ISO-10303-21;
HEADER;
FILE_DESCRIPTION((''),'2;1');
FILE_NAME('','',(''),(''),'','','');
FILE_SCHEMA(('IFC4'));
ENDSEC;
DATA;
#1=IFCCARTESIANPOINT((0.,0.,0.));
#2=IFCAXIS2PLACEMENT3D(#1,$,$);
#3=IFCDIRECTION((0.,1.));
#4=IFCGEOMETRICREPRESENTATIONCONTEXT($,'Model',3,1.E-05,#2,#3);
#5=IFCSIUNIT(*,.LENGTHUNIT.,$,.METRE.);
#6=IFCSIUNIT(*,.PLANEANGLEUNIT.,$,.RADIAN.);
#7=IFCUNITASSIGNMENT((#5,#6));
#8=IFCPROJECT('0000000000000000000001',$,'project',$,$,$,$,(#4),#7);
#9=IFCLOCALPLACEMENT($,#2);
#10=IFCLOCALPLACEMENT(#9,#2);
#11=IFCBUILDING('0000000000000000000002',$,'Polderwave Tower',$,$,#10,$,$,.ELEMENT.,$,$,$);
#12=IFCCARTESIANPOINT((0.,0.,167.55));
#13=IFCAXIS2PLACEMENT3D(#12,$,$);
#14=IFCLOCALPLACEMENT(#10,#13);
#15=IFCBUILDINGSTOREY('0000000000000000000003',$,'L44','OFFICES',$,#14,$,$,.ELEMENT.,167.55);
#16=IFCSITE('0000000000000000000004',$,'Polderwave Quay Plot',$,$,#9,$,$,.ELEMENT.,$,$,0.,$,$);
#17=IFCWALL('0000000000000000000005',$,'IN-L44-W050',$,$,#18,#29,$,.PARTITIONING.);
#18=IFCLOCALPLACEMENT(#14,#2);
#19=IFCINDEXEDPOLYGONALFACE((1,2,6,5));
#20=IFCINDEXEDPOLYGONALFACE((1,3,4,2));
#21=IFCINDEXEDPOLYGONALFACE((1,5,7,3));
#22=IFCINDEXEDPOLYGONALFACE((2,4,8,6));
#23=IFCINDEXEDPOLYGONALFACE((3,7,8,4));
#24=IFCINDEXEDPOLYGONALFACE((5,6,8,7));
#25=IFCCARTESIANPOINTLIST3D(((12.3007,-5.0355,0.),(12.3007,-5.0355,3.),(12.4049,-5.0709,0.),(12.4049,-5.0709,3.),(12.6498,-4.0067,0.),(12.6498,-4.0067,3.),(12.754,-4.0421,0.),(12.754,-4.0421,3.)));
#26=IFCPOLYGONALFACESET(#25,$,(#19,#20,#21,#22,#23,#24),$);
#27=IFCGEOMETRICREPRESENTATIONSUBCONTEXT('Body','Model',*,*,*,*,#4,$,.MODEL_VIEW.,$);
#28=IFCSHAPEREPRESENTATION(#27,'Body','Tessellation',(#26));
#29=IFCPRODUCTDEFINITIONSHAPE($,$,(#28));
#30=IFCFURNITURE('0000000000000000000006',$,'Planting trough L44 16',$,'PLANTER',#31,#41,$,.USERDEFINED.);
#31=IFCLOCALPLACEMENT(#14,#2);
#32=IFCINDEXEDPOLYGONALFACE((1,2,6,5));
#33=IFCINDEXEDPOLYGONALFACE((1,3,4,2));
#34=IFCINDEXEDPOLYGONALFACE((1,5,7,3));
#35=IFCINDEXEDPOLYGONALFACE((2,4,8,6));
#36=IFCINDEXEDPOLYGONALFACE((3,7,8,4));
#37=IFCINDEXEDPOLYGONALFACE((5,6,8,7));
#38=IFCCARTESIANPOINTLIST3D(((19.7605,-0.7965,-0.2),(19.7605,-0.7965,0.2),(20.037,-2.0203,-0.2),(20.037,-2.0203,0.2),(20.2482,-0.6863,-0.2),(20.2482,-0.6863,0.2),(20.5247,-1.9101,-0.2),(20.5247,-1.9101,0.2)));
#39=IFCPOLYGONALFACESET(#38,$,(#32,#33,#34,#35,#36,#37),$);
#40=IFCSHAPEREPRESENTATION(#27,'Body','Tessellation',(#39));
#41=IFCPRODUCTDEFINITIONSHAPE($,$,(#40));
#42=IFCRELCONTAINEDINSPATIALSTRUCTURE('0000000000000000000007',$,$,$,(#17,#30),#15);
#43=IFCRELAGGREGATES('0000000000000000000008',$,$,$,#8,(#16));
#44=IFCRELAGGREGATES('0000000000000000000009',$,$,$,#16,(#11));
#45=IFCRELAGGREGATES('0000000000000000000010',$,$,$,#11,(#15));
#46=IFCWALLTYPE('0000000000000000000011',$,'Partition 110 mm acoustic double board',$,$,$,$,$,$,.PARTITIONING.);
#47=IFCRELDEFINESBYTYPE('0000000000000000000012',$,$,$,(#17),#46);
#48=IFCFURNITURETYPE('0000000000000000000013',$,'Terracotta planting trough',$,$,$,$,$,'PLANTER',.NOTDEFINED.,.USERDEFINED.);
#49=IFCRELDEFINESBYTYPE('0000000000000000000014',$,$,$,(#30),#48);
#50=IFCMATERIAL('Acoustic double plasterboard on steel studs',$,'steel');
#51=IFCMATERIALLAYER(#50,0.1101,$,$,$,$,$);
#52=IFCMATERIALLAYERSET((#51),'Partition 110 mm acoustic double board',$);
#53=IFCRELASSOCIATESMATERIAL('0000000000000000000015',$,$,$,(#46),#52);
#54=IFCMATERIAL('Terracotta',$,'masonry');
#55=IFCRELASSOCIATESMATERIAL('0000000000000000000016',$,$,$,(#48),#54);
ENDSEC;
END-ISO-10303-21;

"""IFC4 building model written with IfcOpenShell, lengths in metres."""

from ifc_helpers import new_model, si_unit, direction, frame, frame_2d, origin, origin_2d, place, context, subcontext, project, spatial, rectangle, extrude, material, layer, layer_set, type_object, element, save


model = new_model("IFC4")

# Units and contexts
model_context = context("Model", 3, precision=1e-05, world=origin(), true_north=direction((0.0, 1.0)))
body_context = subcontext(model_context, "Body", "Model", "MODEL_VIEW")
ifc_project = project(units=[si_unit("LENGTHUNIT", "METRE"), si_unit("PLANEANGLEUNIT", "RADIAN")], contexts=[model_context])

# Site, building, storey
site_placement = place(None, origin())
site = spatial("IfcSite", under=ifc_project, at=site_placement, Name="Polderwave Quay Plot", CompositionType="ELEMENT", RefElevation=0.0)
building_placement = place(site_placement, origin())
building = spatial("IfcBuilding", under=site, at=building_placement, Name="Polderwave Tower", CompositionType="ELEMENT")
storey_placement = place(building_placement, frame((0.0, 0.0, 167.55)))
storey = spatial("IfcBuildingStorey", under=building, at=storey_placement, Name="L44", Description="OFFICES", CompositionType="ELEMENT", Elevation=167.55)

# Wall
ifc_material_1 = material(Name="Acoustic double plasterboard on steel studs", Category="steel")
ifc_layer_1 = layer(ifc_material_1, 0.1101)
ifc_layer_set_1 = layer_set([ifc_layer_1], Name="Partition 110 mm acoustic double board")
wall_type_1 = type_object("IfcWallType", Name="Partition 110 mm acoustic double board", PredefinedType="PARTITIONING", material=ifc_layer_set_1)
wall_1_placement = place(storey_placement, frame((12.7019, -4.0244, 0.0), z_axis=(0.0, 0.0, 1.0), x_axis=(-0.321347, -0.946962, 0.0)))
element("IfcWall", 1, at=wall_1_placement, inside=storey, type_object=wall_type_1, Name="IN-L44-W050", PredefinedType="PARTITIONING", context=body_context, shape_type="SweptSolid", body=[
    extrude(rectangle(XDim=1.0864, YDim=0.1101, at=frame_2d((0.5432, 0.0))), origin(), (0.0, 0.0, 1.0), 3.0),
])

# Furniture
ifc_material_2 = material(Name="Terracotta", Category="masonry")
furniture_type = type_object("IfcFurnitureType", Name="Terracotta planting trough", ElementType="PLANTER", AssemblyPlace="NOTDEFINED", PredefinedType="USERDEFINED", material=ifc_material_2)
furniture_placement = place(storey_placement, frame((20.1426, -1.3533, -0.2), z_axis=(0.0, 0.0, 1.0), x_axis=(-0.220423, 0.975404, 0.0)))
element("IfcFurniture", 2, at=furniture_placement, inside=storey, type_object=furniture_type, Name="Planting trough L44 16", ObjectType="PLANTER", PredefinedType="USERDEFINED", context=body_context, shape_type="SweptSolid", body=[
    extrude(rectangle(XDim=1.2546, YDim=0.5, at=origin_2d()), origin(), (0.0, 0.0, 1.0), 0.3999),
])

save(model, "model.ifc")
